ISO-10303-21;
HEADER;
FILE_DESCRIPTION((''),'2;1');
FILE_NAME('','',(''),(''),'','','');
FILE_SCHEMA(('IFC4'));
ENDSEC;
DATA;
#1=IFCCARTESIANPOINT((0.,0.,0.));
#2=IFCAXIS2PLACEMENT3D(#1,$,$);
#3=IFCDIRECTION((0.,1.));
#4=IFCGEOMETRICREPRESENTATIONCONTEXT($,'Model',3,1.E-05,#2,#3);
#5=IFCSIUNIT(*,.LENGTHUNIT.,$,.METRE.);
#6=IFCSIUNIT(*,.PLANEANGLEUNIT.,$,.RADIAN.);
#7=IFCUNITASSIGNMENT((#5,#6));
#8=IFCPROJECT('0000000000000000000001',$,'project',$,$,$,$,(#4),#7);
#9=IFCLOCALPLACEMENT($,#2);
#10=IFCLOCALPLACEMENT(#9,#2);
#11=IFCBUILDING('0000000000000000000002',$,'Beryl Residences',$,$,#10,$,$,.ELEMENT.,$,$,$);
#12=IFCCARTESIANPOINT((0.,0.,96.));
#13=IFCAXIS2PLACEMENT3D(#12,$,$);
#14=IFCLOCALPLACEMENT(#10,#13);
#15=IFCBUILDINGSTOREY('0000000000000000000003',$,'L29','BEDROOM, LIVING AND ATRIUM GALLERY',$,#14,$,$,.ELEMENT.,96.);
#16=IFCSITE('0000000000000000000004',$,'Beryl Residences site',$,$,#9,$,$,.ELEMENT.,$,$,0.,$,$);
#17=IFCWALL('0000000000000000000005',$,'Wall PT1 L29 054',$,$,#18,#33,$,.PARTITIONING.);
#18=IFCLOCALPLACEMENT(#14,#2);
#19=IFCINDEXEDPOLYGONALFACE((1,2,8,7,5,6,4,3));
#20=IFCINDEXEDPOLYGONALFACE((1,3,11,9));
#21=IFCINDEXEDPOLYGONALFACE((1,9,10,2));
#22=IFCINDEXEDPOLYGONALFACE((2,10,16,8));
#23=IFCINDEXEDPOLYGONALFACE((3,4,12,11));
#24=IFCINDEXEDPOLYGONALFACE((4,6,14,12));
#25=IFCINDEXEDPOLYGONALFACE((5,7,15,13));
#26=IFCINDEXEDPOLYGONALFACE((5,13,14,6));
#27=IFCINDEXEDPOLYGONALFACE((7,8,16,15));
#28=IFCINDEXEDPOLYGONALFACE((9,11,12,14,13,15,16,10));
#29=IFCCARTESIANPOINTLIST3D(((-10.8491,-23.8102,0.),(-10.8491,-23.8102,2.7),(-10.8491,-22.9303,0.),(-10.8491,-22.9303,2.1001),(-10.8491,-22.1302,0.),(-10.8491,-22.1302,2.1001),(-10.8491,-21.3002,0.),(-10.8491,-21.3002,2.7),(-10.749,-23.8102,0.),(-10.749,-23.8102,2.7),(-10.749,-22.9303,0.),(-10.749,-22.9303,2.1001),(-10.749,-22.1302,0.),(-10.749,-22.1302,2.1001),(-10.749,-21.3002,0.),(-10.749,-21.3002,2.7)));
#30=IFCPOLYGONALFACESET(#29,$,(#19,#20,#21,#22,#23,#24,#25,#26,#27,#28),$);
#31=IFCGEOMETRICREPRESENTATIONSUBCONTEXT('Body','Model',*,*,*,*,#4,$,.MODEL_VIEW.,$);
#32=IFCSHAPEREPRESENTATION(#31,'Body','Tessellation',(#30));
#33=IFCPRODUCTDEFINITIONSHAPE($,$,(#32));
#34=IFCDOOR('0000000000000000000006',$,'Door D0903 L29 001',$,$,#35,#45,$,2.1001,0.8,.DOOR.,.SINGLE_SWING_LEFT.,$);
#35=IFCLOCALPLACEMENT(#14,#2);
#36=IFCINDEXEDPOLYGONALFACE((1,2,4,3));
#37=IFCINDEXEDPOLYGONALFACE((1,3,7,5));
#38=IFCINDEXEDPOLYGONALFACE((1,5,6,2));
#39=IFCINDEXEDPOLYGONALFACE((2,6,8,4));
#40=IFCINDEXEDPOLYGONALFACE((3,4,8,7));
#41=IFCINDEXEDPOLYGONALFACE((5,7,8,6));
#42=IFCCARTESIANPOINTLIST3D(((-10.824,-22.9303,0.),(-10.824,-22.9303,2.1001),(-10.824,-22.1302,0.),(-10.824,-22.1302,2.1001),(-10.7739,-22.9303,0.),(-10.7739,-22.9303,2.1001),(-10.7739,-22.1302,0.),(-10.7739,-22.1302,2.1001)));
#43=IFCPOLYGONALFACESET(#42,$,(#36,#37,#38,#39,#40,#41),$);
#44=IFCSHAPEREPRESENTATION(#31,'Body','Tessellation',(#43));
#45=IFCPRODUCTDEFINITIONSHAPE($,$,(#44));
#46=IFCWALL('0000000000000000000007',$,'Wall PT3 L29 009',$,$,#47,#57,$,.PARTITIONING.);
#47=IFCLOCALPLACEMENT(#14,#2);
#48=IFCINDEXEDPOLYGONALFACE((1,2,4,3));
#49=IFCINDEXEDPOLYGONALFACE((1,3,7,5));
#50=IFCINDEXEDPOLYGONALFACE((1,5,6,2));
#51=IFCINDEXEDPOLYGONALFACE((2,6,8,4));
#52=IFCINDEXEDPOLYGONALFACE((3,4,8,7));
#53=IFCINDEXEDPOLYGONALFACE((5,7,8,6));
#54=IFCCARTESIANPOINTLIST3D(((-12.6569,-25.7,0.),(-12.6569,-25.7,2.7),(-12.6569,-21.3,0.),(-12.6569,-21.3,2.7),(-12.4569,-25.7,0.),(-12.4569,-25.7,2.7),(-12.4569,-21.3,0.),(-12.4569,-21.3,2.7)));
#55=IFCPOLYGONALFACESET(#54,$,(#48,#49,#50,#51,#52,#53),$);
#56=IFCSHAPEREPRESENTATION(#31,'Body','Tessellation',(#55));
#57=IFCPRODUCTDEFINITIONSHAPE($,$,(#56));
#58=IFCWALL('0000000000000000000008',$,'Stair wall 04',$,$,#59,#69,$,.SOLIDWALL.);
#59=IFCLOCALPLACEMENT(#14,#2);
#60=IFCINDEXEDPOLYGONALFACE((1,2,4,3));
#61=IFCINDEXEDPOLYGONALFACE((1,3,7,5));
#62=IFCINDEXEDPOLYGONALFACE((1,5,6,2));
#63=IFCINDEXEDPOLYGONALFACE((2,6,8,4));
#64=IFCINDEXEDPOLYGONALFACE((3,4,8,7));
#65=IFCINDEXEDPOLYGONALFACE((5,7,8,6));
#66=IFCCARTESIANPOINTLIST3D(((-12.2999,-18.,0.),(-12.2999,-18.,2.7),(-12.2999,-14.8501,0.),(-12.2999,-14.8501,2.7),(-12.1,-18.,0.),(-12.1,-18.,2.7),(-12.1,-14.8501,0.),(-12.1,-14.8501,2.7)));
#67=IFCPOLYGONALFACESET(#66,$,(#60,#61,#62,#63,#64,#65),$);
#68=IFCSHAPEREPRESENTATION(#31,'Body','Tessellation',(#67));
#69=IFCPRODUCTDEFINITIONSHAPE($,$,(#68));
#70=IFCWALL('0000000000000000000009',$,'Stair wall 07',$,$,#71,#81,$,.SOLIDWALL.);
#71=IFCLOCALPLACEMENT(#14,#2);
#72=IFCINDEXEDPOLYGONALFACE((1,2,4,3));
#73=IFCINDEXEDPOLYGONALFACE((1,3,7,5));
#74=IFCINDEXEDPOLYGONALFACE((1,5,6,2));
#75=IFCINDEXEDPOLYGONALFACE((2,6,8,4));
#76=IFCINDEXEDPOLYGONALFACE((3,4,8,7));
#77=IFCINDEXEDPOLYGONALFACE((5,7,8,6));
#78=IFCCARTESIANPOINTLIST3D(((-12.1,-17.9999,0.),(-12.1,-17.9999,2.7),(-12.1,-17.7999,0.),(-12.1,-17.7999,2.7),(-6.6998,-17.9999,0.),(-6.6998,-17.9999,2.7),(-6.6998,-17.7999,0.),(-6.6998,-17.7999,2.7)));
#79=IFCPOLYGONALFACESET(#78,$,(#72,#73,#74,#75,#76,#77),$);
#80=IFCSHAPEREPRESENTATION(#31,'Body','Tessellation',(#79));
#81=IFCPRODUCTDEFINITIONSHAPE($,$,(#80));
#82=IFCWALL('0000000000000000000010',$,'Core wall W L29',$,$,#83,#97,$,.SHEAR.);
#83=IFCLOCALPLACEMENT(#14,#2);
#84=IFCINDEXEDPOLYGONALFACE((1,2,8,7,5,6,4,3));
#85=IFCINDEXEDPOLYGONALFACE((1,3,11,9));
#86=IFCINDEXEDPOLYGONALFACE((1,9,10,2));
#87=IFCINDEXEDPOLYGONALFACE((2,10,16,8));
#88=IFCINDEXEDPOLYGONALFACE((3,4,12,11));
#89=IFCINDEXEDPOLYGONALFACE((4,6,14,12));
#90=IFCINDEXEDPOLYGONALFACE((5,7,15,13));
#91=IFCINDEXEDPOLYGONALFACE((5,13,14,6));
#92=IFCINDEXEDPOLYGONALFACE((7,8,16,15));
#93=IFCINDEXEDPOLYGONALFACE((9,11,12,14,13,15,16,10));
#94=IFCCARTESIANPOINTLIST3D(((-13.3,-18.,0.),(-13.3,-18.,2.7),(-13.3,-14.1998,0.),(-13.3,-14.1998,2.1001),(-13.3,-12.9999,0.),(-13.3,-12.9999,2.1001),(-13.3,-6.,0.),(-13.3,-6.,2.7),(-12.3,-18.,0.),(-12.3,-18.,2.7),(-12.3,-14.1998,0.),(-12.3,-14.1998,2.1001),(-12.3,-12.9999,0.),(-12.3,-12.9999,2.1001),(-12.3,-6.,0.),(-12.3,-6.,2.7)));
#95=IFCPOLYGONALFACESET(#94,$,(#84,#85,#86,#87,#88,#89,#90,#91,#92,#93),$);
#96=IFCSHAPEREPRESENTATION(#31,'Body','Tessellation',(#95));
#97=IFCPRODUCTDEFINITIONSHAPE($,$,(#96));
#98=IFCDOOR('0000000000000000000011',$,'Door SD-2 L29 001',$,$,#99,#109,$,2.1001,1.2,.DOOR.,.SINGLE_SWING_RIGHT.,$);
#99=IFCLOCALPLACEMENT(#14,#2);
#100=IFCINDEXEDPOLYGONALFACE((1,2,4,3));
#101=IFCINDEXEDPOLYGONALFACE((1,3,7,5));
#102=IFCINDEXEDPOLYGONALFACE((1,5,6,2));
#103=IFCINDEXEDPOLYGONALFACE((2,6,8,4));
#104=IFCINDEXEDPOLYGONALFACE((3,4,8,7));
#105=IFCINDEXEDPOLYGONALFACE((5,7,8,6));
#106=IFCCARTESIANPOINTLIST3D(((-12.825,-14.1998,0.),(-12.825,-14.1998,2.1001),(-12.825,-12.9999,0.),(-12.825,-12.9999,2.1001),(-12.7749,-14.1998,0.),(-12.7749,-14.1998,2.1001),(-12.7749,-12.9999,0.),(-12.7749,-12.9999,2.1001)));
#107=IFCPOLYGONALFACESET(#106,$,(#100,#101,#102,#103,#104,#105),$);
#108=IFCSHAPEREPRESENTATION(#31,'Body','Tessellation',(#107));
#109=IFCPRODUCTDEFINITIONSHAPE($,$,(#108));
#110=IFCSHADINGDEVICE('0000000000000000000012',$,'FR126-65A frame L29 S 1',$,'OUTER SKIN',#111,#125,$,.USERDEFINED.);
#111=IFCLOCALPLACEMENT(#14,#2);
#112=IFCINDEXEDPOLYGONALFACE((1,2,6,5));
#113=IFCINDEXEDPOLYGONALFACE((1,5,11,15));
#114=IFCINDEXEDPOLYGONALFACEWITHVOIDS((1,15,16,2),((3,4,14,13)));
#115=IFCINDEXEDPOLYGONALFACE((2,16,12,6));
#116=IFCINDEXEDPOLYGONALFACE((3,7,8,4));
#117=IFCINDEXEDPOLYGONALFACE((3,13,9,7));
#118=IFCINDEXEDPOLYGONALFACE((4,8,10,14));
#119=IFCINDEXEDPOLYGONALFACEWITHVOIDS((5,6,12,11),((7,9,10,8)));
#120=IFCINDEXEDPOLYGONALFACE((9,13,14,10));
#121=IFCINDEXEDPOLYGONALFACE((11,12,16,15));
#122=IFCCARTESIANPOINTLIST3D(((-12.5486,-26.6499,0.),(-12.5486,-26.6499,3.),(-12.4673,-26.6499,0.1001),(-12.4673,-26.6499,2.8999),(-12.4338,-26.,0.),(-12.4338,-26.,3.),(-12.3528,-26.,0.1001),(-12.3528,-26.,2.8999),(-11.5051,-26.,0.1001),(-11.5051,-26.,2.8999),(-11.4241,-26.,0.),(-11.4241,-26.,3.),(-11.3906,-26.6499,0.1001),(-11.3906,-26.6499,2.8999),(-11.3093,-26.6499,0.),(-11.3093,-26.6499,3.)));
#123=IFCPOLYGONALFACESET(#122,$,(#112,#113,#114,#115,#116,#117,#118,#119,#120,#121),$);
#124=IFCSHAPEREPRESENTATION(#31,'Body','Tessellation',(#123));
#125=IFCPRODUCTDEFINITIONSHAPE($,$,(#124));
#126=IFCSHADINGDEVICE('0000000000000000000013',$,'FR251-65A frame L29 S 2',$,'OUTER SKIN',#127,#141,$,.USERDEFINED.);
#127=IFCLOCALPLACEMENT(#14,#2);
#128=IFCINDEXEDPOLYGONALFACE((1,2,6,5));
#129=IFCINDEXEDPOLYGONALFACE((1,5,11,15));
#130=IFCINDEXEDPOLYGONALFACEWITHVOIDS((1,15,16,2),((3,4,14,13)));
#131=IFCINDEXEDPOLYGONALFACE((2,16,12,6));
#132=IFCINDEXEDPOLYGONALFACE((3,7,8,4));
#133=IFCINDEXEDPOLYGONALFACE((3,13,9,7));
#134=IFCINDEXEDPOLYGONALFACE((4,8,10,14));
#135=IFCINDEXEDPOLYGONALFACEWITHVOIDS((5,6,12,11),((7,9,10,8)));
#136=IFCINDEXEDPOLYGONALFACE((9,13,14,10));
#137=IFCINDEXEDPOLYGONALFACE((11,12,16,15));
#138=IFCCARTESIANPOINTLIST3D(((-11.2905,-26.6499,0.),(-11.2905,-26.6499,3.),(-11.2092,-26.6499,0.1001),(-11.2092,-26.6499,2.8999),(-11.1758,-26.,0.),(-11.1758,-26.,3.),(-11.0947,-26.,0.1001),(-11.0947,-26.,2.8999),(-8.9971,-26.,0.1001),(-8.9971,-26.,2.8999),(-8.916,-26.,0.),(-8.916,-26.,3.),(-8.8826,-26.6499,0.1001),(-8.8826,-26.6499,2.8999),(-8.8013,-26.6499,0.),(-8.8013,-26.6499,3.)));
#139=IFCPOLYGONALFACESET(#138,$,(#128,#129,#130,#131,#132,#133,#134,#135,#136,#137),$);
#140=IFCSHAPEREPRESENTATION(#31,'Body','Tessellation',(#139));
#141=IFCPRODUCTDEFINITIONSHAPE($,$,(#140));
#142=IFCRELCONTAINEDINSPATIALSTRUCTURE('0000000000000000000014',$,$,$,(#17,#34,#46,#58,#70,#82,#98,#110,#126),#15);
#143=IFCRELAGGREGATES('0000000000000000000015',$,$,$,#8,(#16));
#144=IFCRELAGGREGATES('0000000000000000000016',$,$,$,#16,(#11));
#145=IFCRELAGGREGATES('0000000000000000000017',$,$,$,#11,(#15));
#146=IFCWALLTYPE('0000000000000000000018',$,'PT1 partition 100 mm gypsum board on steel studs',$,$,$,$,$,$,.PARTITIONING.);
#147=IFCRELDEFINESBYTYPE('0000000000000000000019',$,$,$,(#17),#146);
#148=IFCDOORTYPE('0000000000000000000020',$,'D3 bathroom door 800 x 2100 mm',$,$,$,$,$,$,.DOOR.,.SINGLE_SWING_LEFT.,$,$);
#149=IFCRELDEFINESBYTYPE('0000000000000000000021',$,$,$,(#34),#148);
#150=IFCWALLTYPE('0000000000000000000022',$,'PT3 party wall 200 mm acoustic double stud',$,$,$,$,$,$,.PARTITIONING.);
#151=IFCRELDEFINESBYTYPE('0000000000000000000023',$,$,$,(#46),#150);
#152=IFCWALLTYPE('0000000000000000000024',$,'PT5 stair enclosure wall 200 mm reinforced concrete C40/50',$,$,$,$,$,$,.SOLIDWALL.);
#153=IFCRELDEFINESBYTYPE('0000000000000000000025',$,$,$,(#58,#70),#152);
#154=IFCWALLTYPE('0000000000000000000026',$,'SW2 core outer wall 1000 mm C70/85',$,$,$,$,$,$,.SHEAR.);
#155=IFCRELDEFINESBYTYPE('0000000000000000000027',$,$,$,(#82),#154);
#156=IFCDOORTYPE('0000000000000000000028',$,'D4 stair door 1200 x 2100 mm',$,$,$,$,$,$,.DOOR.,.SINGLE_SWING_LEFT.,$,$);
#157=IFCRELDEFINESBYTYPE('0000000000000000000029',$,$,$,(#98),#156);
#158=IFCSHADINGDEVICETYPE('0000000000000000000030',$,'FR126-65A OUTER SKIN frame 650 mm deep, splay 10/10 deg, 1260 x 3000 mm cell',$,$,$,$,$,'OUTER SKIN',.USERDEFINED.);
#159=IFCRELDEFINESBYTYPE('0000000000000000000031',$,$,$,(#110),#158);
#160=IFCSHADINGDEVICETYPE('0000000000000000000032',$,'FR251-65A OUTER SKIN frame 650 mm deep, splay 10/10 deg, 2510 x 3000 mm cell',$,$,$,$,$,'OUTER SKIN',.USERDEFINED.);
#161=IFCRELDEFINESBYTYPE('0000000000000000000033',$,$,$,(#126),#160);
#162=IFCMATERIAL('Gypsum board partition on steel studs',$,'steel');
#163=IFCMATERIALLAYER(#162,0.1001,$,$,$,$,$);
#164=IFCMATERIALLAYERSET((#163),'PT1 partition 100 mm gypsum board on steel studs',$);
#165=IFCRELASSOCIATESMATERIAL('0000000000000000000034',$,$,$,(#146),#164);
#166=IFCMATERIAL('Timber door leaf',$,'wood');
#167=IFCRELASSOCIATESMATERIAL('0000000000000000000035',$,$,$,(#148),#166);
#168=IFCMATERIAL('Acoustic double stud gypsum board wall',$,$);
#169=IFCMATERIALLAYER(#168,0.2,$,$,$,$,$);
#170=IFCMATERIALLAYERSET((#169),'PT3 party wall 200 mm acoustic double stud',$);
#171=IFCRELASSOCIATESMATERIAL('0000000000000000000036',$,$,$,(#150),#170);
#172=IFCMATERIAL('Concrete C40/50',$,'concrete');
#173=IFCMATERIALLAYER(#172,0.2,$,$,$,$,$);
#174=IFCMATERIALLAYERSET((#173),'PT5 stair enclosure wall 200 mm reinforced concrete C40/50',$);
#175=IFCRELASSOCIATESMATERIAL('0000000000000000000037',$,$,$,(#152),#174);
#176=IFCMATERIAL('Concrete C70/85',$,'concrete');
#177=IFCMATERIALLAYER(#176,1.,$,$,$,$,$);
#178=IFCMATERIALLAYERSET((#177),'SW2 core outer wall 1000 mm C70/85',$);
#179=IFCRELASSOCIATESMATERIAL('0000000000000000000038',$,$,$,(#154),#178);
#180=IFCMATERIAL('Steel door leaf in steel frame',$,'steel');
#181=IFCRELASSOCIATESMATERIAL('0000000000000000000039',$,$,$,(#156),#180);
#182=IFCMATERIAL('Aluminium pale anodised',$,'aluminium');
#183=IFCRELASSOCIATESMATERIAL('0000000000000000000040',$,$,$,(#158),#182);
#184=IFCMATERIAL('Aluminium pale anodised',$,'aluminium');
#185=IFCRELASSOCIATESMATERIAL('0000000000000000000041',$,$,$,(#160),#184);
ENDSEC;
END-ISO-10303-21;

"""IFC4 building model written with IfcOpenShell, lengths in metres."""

from ifc_helpers import new_model, entity, si_unit, direction, frame, frame_2d, origin, place, context, subcontext, project, spatial, rectangle, extrude, source, transform, mapped, material, layer, layer_set, type_object, type_shapes, element, fill, save


model = new_model("IFC4")

# Units and contexts
model_context = context("Model", 3, precision=1e-05, world=origin(), true_north=direction((0.0, 1.0)))
body_context = subcontext(model_context, "Body", "Model", "MODEL_VIEW")
ifc_project = project(units=[si_unit("LENGTHUNIT", "METRE"), si_unit("PLANEANGLEUNIT", "RADIAN")], contexts=[model_context])

# Site, building, storey
site_placement = place(None, origin())
site = spatial("IfcSite", under=ifc_project, at=site_placement, Name="Beryl Residences site", CompositionType="ELEMENT", RefElevation=0.0)
building_placement = place(site_placement, origin())
building = spatial("IfcBuilding", under=site, at=building_placement, Name="Beryl Residences", CompositionType="ELEMENT")
storey_placement = place(building_placement, frame((0.0, 0.0, 96.0)))
storey = spatial("IfcBuildingStorey", under=building, at=storey_placement, Name="L29", Description="BEDROOM, LIVING AND ATRIUM GALLERY", CompositionType="ELEMENT", Elevation=96.0)

# Shared definitions
ifc_material_1 = material(Name="Gypsum board partition on steel studs", Category="steel")
ifc_layer_1 = layer(ifc_material_1, 0.1001)
ifc_layer_set_1 = layer_set([ifc_layer_1], Name="PT1 partition 100 mm gypsum board on steel studs")
wall_type_1 = type_object("IfcWallType", Name="PT1 partition 100 mm gypsum board on steel studs", PredefinedType="PARTITIONING", material=ifc_layer_set_1)

# Wall, opening, door
wall_1_placement = place(storey_placement, frame((-10.7991, -23.8101, 0.0), z_axis=(0.0, 0.0, 1.0), x_axis=(0.0, 1.0, 0.0)))
wall_1 = element("IfcWall", 1, at=wall_1_placement, inside=storey, type_object=wall_type_1, Name="Wall PT1 L29 054", PredefinedType="PARTITIONING", context=body_context, shape_type="SweptSolid", body=[
    extrude(rectangle(XDim=2.51, YDim=0.1001, at=frame_2d((1.2549, 0.0))), origin(), (0.0, 0.0, 1.0), 2.7),
])
opening_1_placement = place(wall_1_placement, frame((0.8799, 0.0, 0.0)))
opening_1 = element("IfcOpeningElement", 2, at=opening_1_placement, cuts=wall_1, PredefinedType="OPENING", context=body_context, shape_type="SweptSolid", body=[
    extrude(rectangle(XDim=0.8, YDim=2.1001, at=frame_2d((0.3999, 1.05))), frame((0.0, 0.0601, 0.0), z_axis=(0.0, -1.0, 0.0), x_axis=(1.0, 0.0, 0.0)), (0.0, 0.0, 1.0), 0.1201),
])
ifc_material_2 = material(Name="Timber door leaf", Category="wood")
door_type_1 = type_object("IfcDoorType", Name="D3 bathroom door 800 x 2100 mm", OperationType="SINGLE_SWING_LEFT", PredefinedType="DOOR", material=ifc_material_2)
door_1_placement = place(opening_1_placement, origin())
door_1 = element("IfcDoor", 3, at=door_1_placement, inside=storey, type_object=door_type_1, Name="Door D0903 L29 001", OperationType="SINGLE_SWING_LEFT", OverallHeight=2.1001, OverallWidth=0.8, PredefinedType="DOOR", context=body_context, shape_type="SweptSolid", body=[
    extrude(rectangle(XDim=0.8, YDim=2.1001, at=frame_2d((0.3999, 1.05))), frame((0.0, 0.0249, 0.0), z_axis=(0.0, -1.0, 0.0), x_axis=(1.0, 0.0, 0.0)), (0.0, 0.0, 1.0), 0.05),
])
fill(opening_1, door_1)

# Walls
ifc_material_3 = material(Name="Acoustic double stud gypsum board wall")
ifc_layer_2 = layer(ifc_material_3, 0.2)
ifc_layer_set_2 = layer_set([ifc_layer_2], Name="PT3 party wall 200 mm acoustic double stud")
wall_type_2 = type_object("IfcWallType", Name="PT3 party wall 200 mm acoustic double stud", PredefinedType="PARTITIONING", material=ifc_layer_set_2)
wall_2_placement = place(storey_placement, frame((-12.5569, -25.7, 0.0), z_axis=(0.0, 0.0, 1.0), x_axis=(0.0, 1.0, 0.0)))
element("IfcWall", 4, at=wall_2_placement, inside=storey, type_object=wall_type_2, Name="Wall PT3 L29 009", PredefinedType="PARTITIONING", context=body_context, shape_type="SweptSolid", body=[
    extrude(rectangle(XDim=4.3999, YDim=0.2, at=frame_2d((2.2, 0.0))), origin(), (0.0, 0.0, 1.0), 2.7),
])
ifc_material_4 = material(Name="Concrete C40/50", Category="concrete")
ifc_layer_3 = layer(ifc_material_4, 0.2)
ifc_layer_set_3 = layer_set([ifc_layer_3], Name="PT5 stair enclosure wall 200 mm reinforced concrete C40/50")
wall_type_3 = type_object("IfcWallType", Name="PT5 stair enclosure wall 200 mm reinforced concrete C40/50", PredefinedType="SOLIDWALL", material=ifc_layer_set_3)
wall_3_placement = place(storey_placement, frame((-12.2, -18.0, 0.0), z_axis=(0.0, 0.0, 1.0), x_axis=(0.0, 1.0, 0.0)))
element("IfcWall", 5, at=wall_3_placement, inside=storey, type_object=wall_type_3, Name="Stair wall 04", PredefinedType="SOLIDWALL", context=body_context, shape_type="SweptSolid", body=[
    extrude(rectangle(XDim=3.1499, YDim=0.2, at=frame_2d((1.575, 0.0))), origin(), (0.0, 0.0, 1.0), 2.7),
])
wall_4_placement = place(storey_placement, frame((-12.1001, -17.8999, 0.0), z_axis=(0.0, 0.0, 1.0), x_axis=(1.0, 0.0, 0.0)))
element("IfcWall", 6, at=wall_4_placement, inside=storey, type_object=wall_type_3, Name="Stair wall 07", PredefinedType="SOLIDWALL", context=body_context, shape_type="SweptSolid", body=[
    extrude(rectangle(XDim=5.4001, YDim=0.2, at=frame_2d((2.7002, 0.0))), origin(), (0.0, 0.0, 1.0), 2.7),
])

# Wall, opening, door
ifc_material_5 = material(Name="Concrete C70/85", Category="concrete")
ifc_layer_4 = layer(ifc_material_5, 1.0)
ifc_layer_set_4 = layer_set([ifc_layer_4], Name="SW2 core outer wall 1000 mm C70/85")
wall_type_4 = type_object("IfcWallType", Name="SW2 core outer wall 1000 mm C70/85", PredefinedType="SHEAR", material=ifc_layer_set_4)
wall_5_placement = place(storey_placement, frame((-12.8, -18.0, 0.0), z_axis=(0.0, 0.0, 1.0), x_axis=(0.0, 1.0, 0.0)))
wall_5 = element("IfcWall", 7, at=wall_5_placement, inside=storey, type_object=wall_type_4, Name="Core wall W L29", PredefinedType="SHEAR", context=body_context, shape_type="SweptSolid", body=[
    extrude(rectangle(XDim=12.0, YDim=1.0, at=frame_2d((6.0, 0.0))), origin(), (0.0, 0.0, 1.0), 2.7),
])
opening_2_placement = place(wall_5_placement, frame((3.8, 0.0, 0.0)))
opening_2 = element("IfcOpeningElement", 8, at=opening_2_placement, cuts=wall_5, PredefinedType="OPENING", context=body_context, shape_type="SweptSolid", body=[
    extrude(rectangle(XDim=1.2, YDim=2.1001, at=frame_2d((0.6001, 1.05))), frame((0.0, 0.51, 0.0), z_axis=(0.0, -1.0, 0.0), x_axis=(1.0, 0.0, 0.0)), (0.0, 0.0, 1.0), 1.02),
])
ifc_material_6 = material(Name="Steel door leaf in steel frame", Category="steel")
door_type_2 = type_object("IfcDoorType", Name="D4 stair door 1200 x 2100 mm", OperationType="SINGLE_SWING_LEFT", PredefinedType="DOOR", material=ifc_material_6)
door_2_placement = place(opening_2_placement, origin())
door_2 = element("IfcDoor", 9, at=door_2_placement, inside=storey, type_object=door_type_2, Name="Door SD-2 L29 001", OperationType="SINGLE_SWING_RIGHT", OverallHeight=2.1001, OverallWidth=1.2, PredefinedType="DOOR", context=body_context, shape_type="SweptSolid", body=[
    extrude(rectangle(XDim=1.2, YDim=2.1001, at=frame_2d((0.6001, 1.05))), frame((0.0, 0.0249, 0.0), z_axis=(0.0, -1.0, 0.0), x_axis=(1.0, 0.0, 0.0)), (0.0, 0.0, 1.0), 0.05),
])
fill(opening_2, door_2)

# Shading devices
ifc_material_7 = material(Name="Aluminium pale anodised", Category="aluminium")
shading_device_type_1 = type_object("IfcShadingDeviceType", Name="FR126-65A OUTER SKIN frame 650 mm deep, splay 10/10 deg, 1260 x 3000 mm cell", ElementType="OUTER SKIN", PredefinedType="USERDEFINED", material=ifc_material_7)
cartesian_point_1 = entity("IfcCartesianPoint", [-0.5049, 0.0])
cartesian_point_2 = entity("IfcCartesianPoint", [-0.4238, 0.1001])
cartesian_point_3 = entity("IfcCartesianPoint", [-0.6196, 0.0])
cartesian_point_4 = entity("IfcCartesianPoint", [-0.5383, 0.1001])
shared_shape_1 = source(origin(), body_context, "Body", "SweptSolid", [
    entity("IfcExtrudedAreaSolidTapered", entity("IfcArbitraryProfileDefWithVoids", "AREA", None, entity("IfcPolyline", [cartesian_point_1, entity("IfcCartesianPoint", [0.5049, 0.0]), entity("IfcCartesianPoint", [0.5049, 3.0]), entity("IfcCartesianPoint", [-0.5049, 3.0]), cartesian_point_1]), [entity("IfcPolyline", [cartesian_point_2, entity("IfcCartesianPoint", [0.4238, 0.1001]), entity("IfcCartesianPoint", [0.4238, 2.8999]), entity("IfcCartesianPoint", [-0.4238, 2.8999]), cartesian_point_2])]), entity("IfcAxis2Placement3D", entity("IfcCartesianPoint", [0.0, 0.0, 0.0]), entity("IfcDirection", [0.0, 1.0, 0.0]), entity("IfcDirection", [-1.0, 0.0, 0.0])), entity("IfcDirection", [0.0, 0.0, 1.0]), 0.6499, entity("IfcArbitraryProfileDefWithVoids", "AREA", None, entity("IfcPolyline", [cartesian_point_3, entity("IfcCartesianPoint", [0.6196, 0.0]), entity("IfcCartesianPoint", [0.6196, 3.0]), entity("IfcCartesianPoint", [-0.6196, 3.0]), cartesian_point_3]), [entity("IfcPolyline", [cartesian_point_4, entity("IfcCartesianPoint", [0.5383, 0.1001]), entity("IfcCartesianPoint", [0.5383, 2.8999]), entity("IfcCartesianPoint", [-0.5383, 2.8999]), cartesian_point_4])])),
])
type_shapes(shading_device_type_1, [shared_shape_1])
shading_device_1_placement = place(storey_placement, frame((-11.929, -26.0, 0.0), z_axis=(0.0, 0.0, 1.0), x_axis=(-1.0, 0.0, 0.0)))
element("IfcShadingDevice", 10, at=shading_device_1_placement, inside=storey, type_object=shading_device_type_1, Name="FR126-65A frame L29 S 1", ObjectType="OUTER SKIN", PredefinedType="USERDEFINED", context=body_context, shape_type="MappedRepresentation", body=[
    mapped(shared_shape_1, transform((0.0, 0.0, 0.0))),
])
ifc_material_8 = material(Name="Aluminium pale anodised", Category="aluminium")
shading_device_type_2 = type_object("IfcShadingDeviceType", Name="FR251-65A OUTER SKIN frame 650 mm deep, splay 10/10 deg, 2510 x 3000 mm cell", ElementType="OUTER SKIN", PredefinedType="USERDEFINED", material=ifc_material_8)
cartesian_point_5 = entity("IfcCartesianPoint", [-1.1299, 0.0])
cartesian_point_6 = entity("IfcCartesianPoint", [-1.0488, 0.1001])
cartesian_point_7 = entity("IfcCartesianPoint", [-1.2446, 0.0])
cartesian_point_8 = entity("IfcCartesianPoint", [-1.1633, 0.1001])
shared_shape_2 = source(origin(), body_context, "Body", "SweptSolid", [
    entity("IfcExtrudedAreaSolidTapered", entity("IfcArbitraryProfileDefWithVoids", "AREA", None, entity("IfcPolyline", [cartesian_point_5, entity("IfcCartesianPoint", [1.1299, 0.0]), entity("IfcCartesianPoint", [1.1299, 3.0]), entity("IfcCartesianPoint", [-1.1299, 3.0]), cartesian_point_5]), [entity("IfcPolyline", [cartesian_point_6, entity("IfcCartesianPoint", [1.0488, 0.1001]), entity("IfcCartesianPoint", [1.0488, 2.8999]), entity("IfcCartesianPoint", [-1.0488, 2.8999]), cartesian_point_6])]), entity("IfcAxis2Placement3D", entity("IfcCartesianPoint", [0.0, 0.0, 0.0]), entity("IfcDirection", [0.0, 1.0, 0.0]), entity("IfcDirection", [-1.0, 0.0, 0.0])), entity("IfcDirection", [0.0, 0.0, 1.0]), 0.6499, entity("IfcArbitraryProfileDefWithVoids", "AREA", None, entity("IfcPolyline", [cartesian_point_7, entity("IfcCartesianPoint", [1.2446, 0.0]), entity("IfcCartesianPoint", [1.2446, 3.0]), entity("IfcCartesianPoint", [-1.2446, 3.0]), cartesian_point_7]), [entity("IfcPolyline", [cartesian_point_8, entity("IfcCartesianPoint", [1.1633, 0.1001]), entity("IfcCartesianPoint", [1.1633, 2.8999]), entity("IfcCartesianPoint", [-1.1633, 2.8999]), cartesian_point_8])])),
])
type_shapes(shading_device_type_2, [shared_shape_2])
shading_device_2_placement = place(storey_placement, frame((-10.0459, -26.0, 0.0), z_axis=(0.0, 0.0, 1.0), x_axis=(-1.0, 0.0, 0.0)))
element("IfcShadingDevice", 11, at=shading_device_2_placement, inside=storey, type_object=shading_device_type_2, Name="FR251-65A frame L29 S 2", ObjectType="OUTER SKIN", PredefinedType="USERDEFINED", context=body_context, shape_type="MappedRepresentation", body=[
    mapped(shared_shape_2, transform((0.0, 0.0, 0.0))),
])

save(model, "model.ifc")
